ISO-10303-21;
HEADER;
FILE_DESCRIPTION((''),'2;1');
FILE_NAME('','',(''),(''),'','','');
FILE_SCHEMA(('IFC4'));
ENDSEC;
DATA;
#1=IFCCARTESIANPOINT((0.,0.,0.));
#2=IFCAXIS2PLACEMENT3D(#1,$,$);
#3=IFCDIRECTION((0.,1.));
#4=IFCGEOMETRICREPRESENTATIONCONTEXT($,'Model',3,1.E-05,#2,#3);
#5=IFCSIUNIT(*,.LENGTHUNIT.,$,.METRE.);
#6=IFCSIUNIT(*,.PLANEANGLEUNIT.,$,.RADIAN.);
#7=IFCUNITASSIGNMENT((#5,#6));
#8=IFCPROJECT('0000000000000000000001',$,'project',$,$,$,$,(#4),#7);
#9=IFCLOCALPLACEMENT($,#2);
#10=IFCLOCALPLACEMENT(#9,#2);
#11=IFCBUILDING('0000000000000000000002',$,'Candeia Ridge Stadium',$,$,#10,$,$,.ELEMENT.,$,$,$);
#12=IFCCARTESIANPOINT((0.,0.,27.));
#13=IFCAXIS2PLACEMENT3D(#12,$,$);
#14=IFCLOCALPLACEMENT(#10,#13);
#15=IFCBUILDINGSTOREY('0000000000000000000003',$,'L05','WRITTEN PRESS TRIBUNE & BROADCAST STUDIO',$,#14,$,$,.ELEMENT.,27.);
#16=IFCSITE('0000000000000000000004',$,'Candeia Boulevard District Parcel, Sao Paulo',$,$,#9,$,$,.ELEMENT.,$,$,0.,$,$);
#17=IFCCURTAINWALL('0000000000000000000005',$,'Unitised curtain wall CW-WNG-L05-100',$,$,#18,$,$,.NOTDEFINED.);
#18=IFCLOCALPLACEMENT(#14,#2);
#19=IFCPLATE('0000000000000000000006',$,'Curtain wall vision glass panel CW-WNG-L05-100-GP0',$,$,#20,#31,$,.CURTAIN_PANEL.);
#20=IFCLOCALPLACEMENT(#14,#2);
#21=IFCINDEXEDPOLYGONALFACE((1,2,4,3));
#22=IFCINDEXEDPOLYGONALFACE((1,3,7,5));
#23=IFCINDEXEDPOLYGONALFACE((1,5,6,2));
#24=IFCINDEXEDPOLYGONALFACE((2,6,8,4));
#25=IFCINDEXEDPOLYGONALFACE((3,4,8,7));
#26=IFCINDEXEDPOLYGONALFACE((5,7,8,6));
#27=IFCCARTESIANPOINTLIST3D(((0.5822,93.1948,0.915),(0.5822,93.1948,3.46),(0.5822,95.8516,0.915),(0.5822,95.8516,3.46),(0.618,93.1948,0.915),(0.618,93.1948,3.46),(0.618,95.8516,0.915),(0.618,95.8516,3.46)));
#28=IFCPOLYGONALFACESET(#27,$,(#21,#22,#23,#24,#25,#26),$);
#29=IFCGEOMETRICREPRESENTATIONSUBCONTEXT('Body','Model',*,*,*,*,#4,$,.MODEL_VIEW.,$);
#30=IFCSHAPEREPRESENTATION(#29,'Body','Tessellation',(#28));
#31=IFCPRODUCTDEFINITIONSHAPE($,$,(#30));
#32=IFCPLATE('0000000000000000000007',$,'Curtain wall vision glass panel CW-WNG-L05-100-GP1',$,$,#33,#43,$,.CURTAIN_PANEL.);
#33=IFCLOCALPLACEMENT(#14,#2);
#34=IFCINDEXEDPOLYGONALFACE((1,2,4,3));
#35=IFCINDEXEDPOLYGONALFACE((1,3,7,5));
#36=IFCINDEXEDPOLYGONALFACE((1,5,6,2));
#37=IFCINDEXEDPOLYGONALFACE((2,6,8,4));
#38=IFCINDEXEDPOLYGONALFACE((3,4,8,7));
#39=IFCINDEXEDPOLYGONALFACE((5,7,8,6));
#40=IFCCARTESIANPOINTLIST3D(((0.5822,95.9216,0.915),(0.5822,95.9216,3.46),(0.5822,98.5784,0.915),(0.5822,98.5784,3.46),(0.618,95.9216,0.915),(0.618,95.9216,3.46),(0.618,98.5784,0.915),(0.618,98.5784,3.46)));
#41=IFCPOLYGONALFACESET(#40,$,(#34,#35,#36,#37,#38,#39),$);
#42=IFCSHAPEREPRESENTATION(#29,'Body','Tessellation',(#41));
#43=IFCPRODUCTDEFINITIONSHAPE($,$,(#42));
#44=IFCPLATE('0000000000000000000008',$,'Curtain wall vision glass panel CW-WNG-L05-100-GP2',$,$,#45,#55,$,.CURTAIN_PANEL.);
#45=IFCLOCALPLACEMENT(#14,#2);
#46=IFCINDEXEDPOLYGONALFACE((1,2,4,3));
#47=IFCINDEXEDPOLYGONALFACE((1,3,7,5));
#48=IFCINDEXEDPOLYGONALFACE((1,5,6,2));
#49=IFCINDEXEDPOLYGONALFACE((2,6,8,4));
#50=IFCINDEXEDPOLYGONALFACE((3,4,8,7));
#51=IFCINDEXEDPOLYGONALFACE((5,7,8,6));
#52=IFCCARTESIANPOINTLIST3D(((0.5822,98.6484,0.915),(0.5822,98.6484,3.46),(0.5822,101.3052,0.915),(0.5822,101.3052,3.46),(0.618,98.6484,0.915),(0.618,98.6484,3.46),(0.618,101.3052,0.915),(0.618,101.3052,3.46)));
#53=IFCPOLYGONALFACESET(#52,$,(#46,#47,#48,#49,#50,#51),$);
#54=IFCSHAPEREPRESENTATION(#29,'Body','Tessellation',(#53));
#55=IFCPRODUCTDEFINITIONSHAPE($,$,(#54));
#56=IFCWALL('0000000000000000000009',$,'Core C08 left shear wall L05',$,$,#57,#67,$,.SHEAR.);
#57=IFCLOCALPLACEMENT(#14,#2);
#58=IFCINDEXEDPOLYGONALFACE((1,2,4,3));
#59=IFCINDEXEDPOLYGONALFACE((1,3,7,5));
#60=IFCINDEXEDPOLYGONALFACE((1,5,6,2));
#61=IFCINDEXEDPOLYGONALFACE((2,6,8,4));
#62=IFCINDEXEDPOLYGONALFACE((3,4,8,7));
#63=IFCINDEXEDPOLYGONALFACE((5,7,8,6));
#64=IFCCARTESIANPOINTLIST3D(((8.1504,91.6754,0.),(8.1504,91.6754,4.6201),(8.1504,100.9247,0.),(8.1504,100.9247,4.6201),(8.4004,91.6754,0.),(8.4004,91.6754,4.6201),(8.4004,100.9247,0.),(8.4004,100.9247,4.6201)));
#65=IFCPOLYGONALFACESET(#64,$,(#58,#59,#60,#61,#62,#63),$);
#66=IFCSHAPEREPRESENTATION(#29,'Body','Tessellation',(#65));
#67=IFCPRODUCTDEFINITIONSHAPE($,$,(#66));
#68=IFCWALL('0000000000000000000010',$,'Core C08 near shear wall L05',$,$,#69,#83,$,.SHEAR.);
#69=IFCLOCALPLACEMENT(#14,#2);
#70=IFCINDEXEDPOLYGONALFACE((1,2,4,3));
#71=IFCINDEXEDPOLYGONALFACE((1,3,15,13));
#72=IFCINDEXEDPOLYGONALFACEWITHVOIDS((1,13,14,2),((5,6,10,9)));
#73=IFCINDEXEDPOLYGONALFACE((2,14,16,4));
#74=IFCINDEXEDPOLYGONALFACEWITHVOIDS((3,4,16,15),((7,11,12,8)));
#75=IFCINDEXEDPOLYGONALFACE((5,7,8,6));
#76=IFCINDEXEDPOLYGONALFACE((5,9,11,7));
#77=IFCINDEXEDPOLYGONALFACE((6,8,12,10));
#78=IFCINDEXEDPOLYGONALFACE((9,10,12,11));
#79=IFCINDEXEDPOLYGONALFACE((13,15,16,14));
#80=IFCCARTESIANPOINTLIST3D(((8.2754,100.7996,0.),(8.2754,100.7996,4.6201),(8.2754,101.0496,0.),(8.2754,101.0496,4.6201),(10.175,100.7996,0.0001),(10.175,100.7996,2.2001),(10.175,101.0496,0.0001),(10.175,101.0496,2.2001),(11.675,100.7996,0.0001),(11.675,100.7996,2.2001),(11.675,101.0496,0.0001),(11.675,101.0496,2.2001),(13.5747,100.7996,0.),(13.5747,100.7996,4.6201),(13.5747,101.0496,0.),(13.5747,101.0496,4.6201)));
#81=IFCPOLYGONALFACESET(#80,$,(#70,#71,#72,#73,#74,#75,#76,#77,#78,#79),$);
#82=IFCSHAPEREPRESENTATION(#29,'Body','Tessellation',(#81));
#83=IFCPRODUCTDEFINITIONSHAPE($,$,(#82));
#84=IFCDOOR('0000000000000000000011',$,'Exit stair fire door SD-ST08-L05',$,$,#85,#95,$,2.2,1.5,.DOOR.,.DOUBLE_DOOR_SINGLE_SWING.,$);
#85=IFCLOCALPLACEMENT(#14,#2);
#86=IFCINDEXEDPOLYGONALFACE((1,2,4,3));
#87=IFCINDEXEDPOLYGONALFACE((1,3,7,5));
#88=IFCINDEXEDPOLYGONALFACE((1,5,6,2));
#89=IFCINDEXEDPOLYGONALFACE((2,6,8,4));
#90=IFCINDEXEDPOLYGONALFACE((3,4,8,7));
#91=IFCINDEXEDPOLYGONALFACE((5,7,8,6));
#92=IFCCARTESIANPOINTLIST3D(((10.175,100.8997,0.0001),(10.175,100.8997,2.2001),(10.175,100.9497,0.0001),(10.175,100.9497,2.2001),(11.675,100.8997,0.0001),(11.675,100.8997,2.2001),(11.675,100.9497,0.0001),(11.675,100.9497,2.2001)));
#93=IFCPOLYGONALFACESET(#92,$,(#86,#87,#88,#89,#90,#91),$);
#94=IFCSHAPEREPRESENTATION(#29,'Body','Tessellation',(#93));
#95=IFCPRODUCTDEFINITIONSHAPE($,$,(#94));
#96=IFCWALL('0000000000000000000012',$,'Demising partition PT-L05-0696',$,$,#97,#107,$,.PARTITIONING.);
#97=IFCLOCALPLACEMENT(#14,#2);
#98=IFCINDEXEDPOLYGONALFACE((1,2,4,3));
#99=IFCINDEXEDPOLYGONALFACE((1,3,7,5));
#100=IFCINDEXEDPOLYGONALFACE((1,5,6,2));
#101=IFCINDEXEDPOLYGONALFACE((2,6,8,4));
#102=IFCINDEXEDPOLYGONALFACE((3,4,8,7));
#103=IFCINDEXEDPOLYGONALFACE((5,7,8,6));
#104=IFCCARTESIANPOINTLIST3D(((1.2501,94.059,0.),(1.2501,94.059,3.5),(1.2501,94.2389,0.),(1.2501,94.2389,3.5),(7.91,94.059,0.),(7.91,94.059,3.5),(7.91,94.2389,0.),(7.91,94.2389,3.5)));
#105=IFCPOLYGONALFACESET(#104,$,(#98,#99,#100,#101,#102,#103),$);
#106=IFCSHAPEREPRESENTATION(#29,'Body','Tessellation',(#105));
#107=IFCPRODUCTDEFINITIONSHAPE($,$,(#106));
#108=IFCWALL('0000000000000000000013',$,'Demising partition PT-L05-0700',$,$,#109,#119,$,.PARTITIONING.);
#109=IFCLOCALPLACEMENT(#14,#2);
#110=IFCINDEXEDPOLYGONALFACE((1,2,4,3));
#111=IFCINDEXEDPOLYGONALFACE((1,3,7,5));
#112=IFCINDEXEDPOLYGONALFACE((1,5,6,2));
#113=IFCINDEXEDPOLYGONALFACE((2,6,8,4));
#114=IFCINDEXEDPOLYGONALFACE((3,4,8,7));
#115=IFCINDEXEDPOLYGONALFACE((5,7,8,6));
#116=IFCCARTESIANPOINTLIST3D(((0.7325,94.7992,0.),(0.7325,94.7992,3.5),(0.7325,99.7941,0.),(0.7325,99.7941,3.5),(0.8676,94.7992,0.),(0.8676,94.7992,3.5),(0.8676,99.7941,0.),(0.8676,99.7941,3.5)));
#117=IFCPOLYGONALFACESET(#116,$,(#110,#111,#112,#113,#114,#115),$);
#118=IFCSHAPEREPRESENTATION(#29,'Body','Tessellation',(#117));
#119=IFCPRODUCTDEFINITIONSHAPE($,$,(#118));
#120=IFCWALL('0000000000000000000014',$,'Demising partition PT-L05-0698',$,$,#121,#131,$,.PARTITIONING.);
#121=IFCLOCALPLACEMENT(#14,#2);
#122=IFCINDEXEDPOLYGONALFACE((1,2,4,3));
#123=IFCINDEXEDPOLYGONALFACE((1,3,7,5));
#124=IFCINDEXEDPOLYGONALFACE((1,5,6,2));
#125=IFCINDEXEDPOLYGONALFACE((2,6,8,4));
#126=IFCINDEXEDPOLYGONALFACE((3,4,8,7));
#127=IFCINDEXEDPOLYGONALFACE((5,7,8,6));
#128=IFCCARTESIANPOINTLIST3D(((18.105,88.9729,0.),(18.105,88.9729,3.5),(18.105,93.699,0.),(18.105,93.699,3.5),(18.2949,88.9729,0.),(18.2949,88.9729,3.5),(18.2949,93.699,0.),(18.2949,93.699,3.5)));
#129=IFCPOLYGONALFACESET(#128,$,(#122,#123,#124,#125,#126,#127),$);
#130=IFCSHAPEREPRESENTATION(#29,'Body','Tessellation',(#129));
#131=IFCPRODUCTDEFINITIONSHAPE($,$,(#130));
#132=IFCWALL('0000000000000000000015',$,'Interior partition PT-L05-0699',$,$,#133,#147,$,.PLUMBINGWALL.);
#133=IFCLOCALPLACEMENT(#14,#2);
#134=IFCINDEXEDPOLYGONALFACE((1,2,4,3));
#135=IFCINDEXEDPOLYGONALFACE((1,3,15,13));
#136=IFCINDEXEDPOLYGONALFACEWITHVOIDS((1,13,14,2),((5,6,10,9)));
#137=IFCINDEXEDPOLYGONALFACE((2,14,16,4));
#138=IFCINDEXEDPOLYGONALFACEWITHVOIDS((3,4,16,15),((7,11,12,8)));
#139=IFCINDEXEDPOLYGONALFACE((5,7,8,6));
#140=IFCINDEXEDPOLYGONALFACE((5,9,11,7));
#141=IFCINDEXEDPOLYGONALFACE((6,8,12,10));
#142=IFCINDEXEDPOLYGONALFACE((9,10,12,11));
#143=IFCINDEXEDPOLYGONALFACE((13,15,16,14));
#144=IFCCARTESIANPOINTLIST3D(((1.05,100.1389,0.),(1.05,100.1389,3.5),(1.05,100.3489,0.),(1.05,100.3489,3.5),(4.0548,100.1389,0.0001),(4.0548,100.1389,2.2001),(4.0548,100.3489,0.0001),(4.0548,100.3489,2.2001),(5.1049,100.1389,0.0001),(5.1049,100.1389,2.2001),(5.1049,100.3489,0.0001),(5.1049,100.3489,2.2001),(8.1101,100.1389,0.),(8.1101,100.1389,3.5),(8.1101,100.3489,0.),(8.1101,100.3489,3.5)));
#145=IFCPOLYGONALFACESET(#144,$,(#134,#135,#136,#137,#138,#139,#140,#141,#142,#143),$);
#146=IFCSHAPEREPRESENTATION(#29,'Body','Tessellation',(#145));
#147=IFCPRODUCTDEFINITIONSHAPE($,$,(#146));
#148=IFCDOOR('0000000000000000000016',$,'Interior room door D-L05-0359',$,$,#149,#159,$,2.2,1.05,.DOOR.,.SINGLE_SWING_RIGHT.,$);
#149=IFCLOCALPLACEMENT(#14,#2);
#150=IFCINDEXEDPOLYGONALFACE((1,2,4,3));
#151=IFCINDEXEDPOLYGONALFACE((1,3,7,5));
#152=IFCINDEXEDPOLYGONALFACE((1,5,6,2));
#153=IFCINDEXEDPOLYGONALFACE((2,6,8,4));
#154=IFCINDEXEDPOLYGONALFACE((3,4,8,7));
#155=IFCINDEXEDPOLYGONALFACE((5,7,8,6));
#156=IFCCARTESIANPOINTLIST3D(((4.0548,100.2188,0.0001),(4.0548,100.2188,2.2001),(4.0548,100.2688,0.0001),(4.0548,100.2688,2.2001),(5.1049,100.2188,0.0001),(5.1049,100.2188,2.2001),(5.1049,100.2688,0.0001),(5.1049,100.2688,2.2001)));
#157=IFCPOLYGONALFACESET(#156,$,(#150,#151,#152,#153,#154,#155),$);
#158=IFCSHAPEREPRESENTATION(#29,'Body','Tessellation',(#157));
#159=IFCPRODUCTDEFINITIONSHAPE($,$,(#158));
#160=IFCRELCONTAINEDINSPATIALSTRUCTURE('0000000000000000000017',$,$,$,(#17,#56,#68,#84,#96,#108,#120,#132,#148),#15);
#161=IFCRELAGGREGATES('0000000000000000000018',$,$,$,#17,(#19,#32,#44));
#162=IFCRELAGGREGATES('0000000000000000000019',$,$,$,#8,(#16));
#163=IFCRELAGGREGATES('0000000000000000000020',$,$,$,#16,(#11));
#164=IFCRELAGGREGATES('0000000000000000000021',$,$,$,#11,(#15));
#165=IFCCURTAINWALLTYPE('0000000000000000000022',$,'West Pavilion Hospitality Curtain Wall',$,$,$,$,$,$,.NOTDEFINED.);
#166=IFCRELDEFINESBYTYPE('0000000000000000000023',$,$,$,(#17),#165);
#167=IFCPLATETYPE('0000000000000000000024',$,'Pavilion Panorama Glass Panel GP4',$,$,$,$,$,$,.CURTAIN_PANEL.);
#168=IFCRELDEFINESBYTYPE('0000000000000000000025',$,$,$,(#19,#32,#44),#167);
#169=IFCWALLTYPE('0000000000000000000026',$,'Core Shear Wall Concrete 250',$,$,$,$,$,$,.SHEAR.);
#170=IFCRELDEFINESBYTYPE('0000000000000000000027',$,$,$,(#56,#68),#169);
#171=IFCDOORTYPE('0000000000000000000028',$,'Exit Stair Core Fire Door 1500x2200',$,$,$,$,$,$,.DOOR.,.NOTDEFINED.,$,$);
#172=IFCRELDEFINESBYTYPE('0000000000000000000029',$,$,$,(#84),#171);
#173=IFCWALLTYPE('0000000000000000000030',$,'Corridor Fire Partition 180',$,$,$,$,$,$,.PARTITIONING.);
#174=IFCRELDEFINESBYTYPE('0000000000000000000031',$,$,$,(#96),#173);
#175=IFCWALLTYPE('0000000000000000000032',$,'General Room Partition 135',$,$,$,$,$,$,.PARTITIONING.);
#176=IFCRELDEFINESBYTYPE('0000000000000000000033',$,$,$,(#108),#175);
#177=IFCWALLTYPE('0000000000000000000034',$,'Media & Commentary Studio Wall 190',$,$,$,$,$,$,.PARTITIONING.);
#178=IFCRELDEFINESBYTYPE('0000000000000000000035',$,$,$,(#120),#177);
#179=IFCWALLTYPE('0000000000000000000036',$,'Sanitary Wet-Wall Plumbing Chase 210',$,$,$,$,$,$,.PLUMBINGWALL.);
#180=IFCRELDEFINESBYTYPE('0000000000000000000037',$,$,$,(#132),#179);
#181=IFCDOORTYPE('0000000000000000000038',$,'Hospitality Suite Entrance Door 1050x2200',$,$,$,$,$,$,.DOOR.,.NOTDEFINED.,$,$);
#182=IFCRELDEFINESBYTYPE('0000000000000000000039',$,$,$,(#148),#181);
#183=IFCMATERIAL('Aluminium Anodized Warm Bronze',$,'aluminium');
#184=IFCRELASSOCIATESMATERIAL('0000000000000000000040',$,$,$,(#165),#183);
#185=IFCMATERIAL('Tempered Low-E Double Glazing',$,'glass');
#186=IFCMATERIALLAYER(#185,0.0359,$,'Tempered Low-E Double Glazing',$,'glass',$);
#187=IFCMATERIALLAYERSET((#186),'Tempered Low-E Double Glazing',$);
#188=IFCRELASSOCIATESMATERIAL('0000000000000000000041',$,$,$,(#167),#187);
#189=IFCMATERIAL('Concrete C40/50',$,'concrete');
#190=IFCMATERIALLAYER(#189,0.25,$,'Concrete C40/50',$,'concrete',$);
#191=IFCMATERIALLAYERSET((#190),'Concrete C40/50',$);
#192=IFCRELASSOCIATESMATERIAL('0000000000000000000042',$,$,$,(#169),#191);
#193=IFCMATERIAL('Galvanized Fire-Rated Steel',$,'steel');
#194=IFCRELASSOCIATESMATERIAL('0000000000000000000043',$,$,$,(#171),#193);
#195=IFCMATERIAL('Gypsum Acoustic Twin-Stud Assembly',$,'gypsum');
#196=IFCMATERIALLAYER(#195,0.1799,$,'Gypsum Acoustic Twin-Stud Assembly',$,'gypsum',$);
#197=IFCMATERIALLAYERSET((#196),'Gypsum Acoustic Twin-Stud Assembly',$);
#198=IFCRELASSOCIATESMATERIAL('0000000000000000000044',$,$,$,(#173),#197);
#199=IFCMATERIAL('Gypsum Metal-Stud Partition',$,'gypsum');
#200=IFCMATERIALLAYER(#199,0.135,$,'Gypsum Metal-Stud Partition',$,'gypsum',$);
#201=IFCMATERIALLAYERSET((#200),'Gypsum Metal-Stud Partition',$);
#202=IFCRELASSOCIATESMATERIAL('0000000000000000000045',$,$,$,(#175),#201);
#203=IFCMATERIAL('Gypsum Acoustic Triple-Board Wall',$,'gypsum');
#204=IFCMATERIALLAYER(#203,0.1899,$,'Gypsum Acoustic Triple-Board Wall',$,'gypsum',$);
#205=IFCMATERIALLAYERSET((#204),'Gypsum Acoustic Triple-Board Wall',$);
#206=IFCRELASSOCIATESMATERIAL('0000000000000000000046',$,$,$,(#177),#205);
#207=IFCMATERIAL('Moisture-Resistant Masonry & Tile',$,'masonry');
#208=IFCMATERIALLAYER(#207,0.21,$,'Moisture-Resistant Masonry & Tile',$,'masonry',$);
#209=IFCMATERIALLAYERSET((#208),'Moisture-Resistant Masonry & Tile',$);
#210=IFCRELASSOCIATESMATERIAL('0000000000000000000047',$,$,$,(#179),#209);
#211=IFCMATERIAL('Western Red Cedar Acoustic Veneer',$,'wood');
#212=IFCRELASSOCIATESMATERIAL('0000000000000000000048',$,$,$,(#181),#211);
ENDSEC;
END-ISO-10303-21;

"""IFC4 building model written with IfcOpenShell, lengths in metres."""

from ifc_helpers import new_model, si_unit, direction, frame, frame_2d, origin, origin_2d, place, context, subcontext, project, spatial, rectangle, extrude, material, layer, layer_set, type_object, element, fill, aggregate, save


model = new_model("IFC4")

# Units and contexts
model_context = context("Model", 3, precision=1e-05, world=origin(), true_north=direction((0.0, 1.0)))
body_context = subcontext(model_context, "Body", "Model", "MODEL_VIEW")
ifc_project = project(units=[si_unit("LENGTHUNIT", "METRE"), si_unit("PLANEANGLEUNIT", "RADIAN")], contexts=[model_context])

# Site, building, storey
site_placement = place(None, origin())
site = spatial("IfcSite", under=ifc_project, at=site_placement, Name="Candeia Boulevard District Parcel, Sao Paulo", CompositionType="ELEMENT", RefElevation=0.0)
building_placement = place(site_placement, origin())
building = spatial("IfcBuilding", under=site, at=building_placement, Name="Candeia Ridge Stadium", CompositionType="ELEMENT")
storey_placement = place(building_placement, frame((0.0, 0.0, 27.0)))
storey = spatial("IfcBuildingStorey", under=building, at=storey_placement, Name="L05", Description="WRITTEN PRESS TRIBUNE & BROADCAST STUDIO", CompositionType="ELEMENT", Elevation=27.0)

# Shared definitions
ifc_material_1 = material(Name="Concrete C40/50", Category="concrete")

# Curtain wall
ifc_material_2 = material(Name="Aluminium Anodized Warm Bronze", Category="aluminium")
curtain_wall_type = type_object("IfcCurtainWallType", Name="West Pavilion Hospitality Curtain Wall", PredefinedType="NOTDEFINED", material=ifc_material_2)
curtain_wall_placement = place(storey_placement, origin())
curtain_wall = element("IfcCurtainWall", 1, at=curtain_wall_placement, inside=storey, type_object=curtain_wall_type, Name="Unitised curtain wall CW-WNG-L05-100", PredefinedType="NOTDEFINED")

# Plates
ifc_material_3 = material(Name="Tempered Low-E Double Glazing", Category="glass")
ifc_layer_1 = layer(ifc_material_3, 0.0359, Name="Tempered Low-E Double Glazing", Category="glass")
ifc_layer_set_1 = layer_set([ifc_layer_1], Name="Tempered Low-E Double Glazing")
plate_type_1 = type_object("IfcPlateType", Name="Pavilion Panorama Glass Panel GP4", PredefinedType="CURTAIN_PANEL", material=ifc_layer_set_1)
plate_1_placement = place(storey_placement, frame((0.6001, 94.5232, 0.915), z_axis=(0.0, 0.0, 1.0), x_axis=(0.0, 1.0, 0.0)))
plate_1 = element("IfcPlate", 2, at=plate_1_placement, type_object=plate_type_1, Name="Curtain wall vision glass panel CW-WNG-L05-100-GP0", PredefinedType="CURTAIN_PANEL", context=body_context, shape_type="SweptSolid", body=[
    extrude(rectangle(XDim=2.6567, YDim=0.0359, at=origin_2d()), origin(), (0.0, 0.0, 1.0), 2.5449),
])
plate_2_placement = place(storey_placement, frame((0.6001, 97.25, 0.915), z_axis=(0.0, 0.0, 1.0), x_axis=(0.0, 1.0, 0.0)))
plate_2 = element("IfcPlate", 3, at=plate_2_placement, type_object=plate_type_1, Name="Curtain wall vision glass panel CW-WNG-L05-100-GP1", PredefinedType="CURTAIN_PANEL", context=body_context, shape_type="SweptSolid", body=[
    extrude(rectangle(XDim=2.6567, YDim=0.0359, at=origin_2d()), origin(), (0.0, 0.0, 1.0), 2.5449),
])
plate_3_placement = place(storey_placement, frame((0.6001, 99.9768, 0.915), z_axis=(0.0, 0.0, 1.0), x_axis=(0.0, 1.0, 0.0)))
plate_3 = element("IfcPlate", 4, at=plate_3_placement, type_object=plate_type_1, Name="Curtain wall vision glass panel CW-WNG-L05-100-GP2", PredefinedType="CURTAIN_PANEL", context=body_context, shape_type="SweptSolid", body=[
    extrude(rectangle(XDim=2.6567, YDim=0.0359, at=origin_2d()), origin(), (0.0, 0.0, 1.0), 2.5449),
])
aggregate(curtain_wall, [plate_1, plate_2, plate_3])

# Wall
ifc_layer_2 = layer(ifc_material_1, 0.25, Name="Concrete C40/50", Category="concrete")
ifc_layer_set_2 = layer_set([ifc_layer_2], Name="Concrete C40/50")
wall_type_1 = type_object("IfcWallType", Name="Core Shear Wall Concrete 250", PredefinedType="SHEAR", material=ifc_layer_set_2)
wall_1_placement = place(storey_placement, frame((8.2754, 100.9246, 0.0), z_axis=(0.0, 0.0, 1.0), x_axis=(0.0, -1.0, 0.0)))
element("IfcWall", 5, at=wall_1_placement, inside=storey, type_object=wall_type_1, Name="Core C08 left shear wall L05", PredefinedType="SHEAR", context=body_context, shape_type="SweptSolid", body=[
    extrude(rectangle(XDim=9.2493, YDim=0.25, at=frame_2d((4.6245, 0.0))), origin(), (0.0, 0.0, 1.0), 4.6201),
])

# Wall, opening, door
wall_2_placement = place(storey_placement, frame((13.5747, 100.9246, 0.0), z_axis=(0.0, 0.0, 1.0), x_axis=(-1.0, 0.0, 0.0)))
wall_2 = element("IfcWall", 6, at=wall_2_placement, inside=storey, type_object=wall_type_1, Name="Core C08 near shear wall L05", PredefinedType="SHEAR", context=body_context, shape_type="SweptSolid", body=[
    extrude(rectangle(XDim=5.2993, YDim=0.25, at=frame_2d((2.6497, 0.0))), origin(), (0.0, 0.0, 1.0), 4.6201),
])
opening_1_placement = place(wall_2_placement, frame((1.8997, 0.0, 0.0)))
opening_1 = element("IfcOpeningElement", 7, at=opening_1_placement, cuts=wall_2, PredefinedType="OPENING", context=body_context, shape_type="SweptSolid", body=[
    extrude(rectangle(XDim=1.5, YDim=2.2, at=frame_2d((0.75, 1.1001))), frame((0.0, 0.135, 0.0), z_axis=(0.0, -1.0, 0.0), x_axis=(1.0, 0.0, 0.0)), (0.0, 0.0, 1.0), 0.27),
])
ifc_material_4 = material(Name="Galvanized Fire-Rated Steel", Category="steel")
door_type_1 = type_object("IfcDoorType", Name="Exit Stair Core Fire Door 1500x2200", OperationType="NOTDEFINED", PredefinedType="DOOR", material=ifc_material_4)
door_1_placement = place(opening_1_placement, origin())
door_1 = element("IfcDoor", 8, at=door_1_placement, inside=storey, type_object=door_type_1, Name="Exit stair fire door SD-ST08-L05", OperationType="DOUBLE_DOOR_SINGLE_SWING", OverallHeight=2.2, OverallWidth=1.5, PredefinedType="DOOR", context=body_context, shape_type="SweptSolid", body=[
    extrude(rectangle(XDim=1.5, YDim=2.2, at=frame_2d((0.75, 1.1001))), frame((0.0, 0.0249, 0.0), z_axis=(0.0, -1.0, 0.0), x_axis=(1.0, 0.0, 0.0)), (0.0, 0.0, 1.0), 0.05),
])
fill(opening_1, door_1)

# Walls
ifc_material_5 = material(Name="Gypsum Acoustic Twin-Stud Assembly", Category="gypsum")
ifc_layer_3 = layer(ifc_material_5, 0.1799, Name="Gypsum Acoustic Twin-Stud Assembly", Category="gypsum")
ifc_layer_set_3 = layer_set([ifc_layer_3], Name="Gypsum Acoustic Twin-Stud Assembly")
wall_type_2 = type_object("IfcWallType", Name="Corridor Fire Partition 180", PredefinedType="PARTITIONING", material=ifc_layer_set_3)
wall_3_placement = place(storey_placement, frame((1.25, 94.1489, 0.0), z_axis=(0.0, 0.0, 1.0), x_axis=(1.0, 0.0, 0.0)))
element("IfcWall", 9, at=wall_3_placement, inside=storey, type_object=wall_type_2, Name="Demising partition PT-L05-0696", PredefinedType="PARTITIONING", context=body_context, shape_type="SweptSolid", body=[
    extrude(rectangle(XDim=6.6599, YDim=0.1799, at=frame_2d((3.3301, 0.0))), origin(), (0.0, 0.0, 1.0), 3.5),
])
ifc_material_6 = material(Name="Gypsum Metal-Stud Partition", Category="gypsum")
ifc_layer_4 = layer(ifc_material_6, 0.135, Name="Gypsum Metal-Stud Partition", Category="gypsum")
ifc_layer_set_4 = layer_set([ifc_layer_4], Name="Gypsum Metal-Stud Partition")
wall_type_3 = type_object("IfcWallType", Name="General Room Partition 135", PredefinedType="PARTITIONING", material=ifc_layer_set_4)
wall_4_placement = place(storey_placement, frame((0.8, 94.7991, 0.0), z_axis=(0.0, 0.0, 1.0), x_axis=(0.0, 1.0, 0.0)))
element("IfcWall", 10, at=wall_4_placement, inside=storey, type_object=wall_type_3, Name="Demising partition PT-L05-0700", PredefinedType="PARTITIONING", context=body_context, shape_type="SweptSolid", body=[
    extrude(rectangle(XDim=4.9949, YDim=0.135, at=frame_2d((2.4976, 0.0))), origin(), (0.0, 0.0, 1.0), 3.5),
])
ifc_material_7 = material(Name="Gypsum Acoustic Triple-Board Wall", Category="gypsum")
ifc_layer_5 = layer(ifc_material_7, 0.1899, Name="Gypsum Acoustic Triple-Board Wall", Category="gypsum")
ifc_layer_set_5 = layer_set([ifc_layer_5], Name="Gypsum Acoustic Triple-Board Wall")
wall_type_4 = type_object("IfcWallType", Name="Media & Commentary Studio Wall 190", PredefinedType="PARTITIONING", material=ifc_layer_set_5)
wall_5_placement = place(storey_placement, frame((18.2, 93.699, 0.0), z_axis=(0.0, 0.0, 1.0), x_axis=(0.0, -1.0, 0.0)))
element("IfcWall", 11, at=wall_5_placement, inside=storey, type_object=wall_type_4, Name="Demising partition PT-L05-0698", PredefinedType="PARTITIONING", context=body_context, shape_type="SweptSolid", body=[
    extrude(rectangle(XDim=4.7261, YDim=0.1899, at=frame_2d((2.363, 0.0))), origin(), (0.0, 0.0, 1.0), 3.5),
])

# Wall, opening, door
ifc_material_8 = material(Name="Moisture-Resistant Masonry & Tile", Category="masonry")
ifc_layer_6 = layer(ifc_material_8, 0.21, Name="Moisture-Resistant Masonry & Tile", Category="masonry")
ifc_layer_set_6 = layer_set([ifc_layer_6], Name="Moisture-Resistant Masonry & Tile")
wall_type_5 = type_object("IfcWallType", Name="Sanitary Wet-Wall Plumbing Chase 210", PredefinedType="PLUMBINGWALL", material=ifc_layer_set_6)
wall_6_placement = place(storey_placement, frame((1.05, 100.2439, 0.0), z_axis=(0.0, 0.0, 1.0), x_axis=(1.0, 0.0, 0.0)))
wall_6 = element("IfcWall", 12, at=wall_6_placement, inside=storey, type_object=wall_type_5, Name="Interior partition PT-L05-0699", PredefinedType="PLUMBINGWALL", context=body_context, shape_type="SweptSolid", body=[
    extrude(rectangle(XDim=7.0601, YDim=0.21, at=frame_2d((3.53, 0.0))), origin(), (0.0, 0.0, 1.0), 3.5),
])
opening_2_placement = place(wall_6_placement, frame((3.0049, 0.0, 0.0)))
opening_2 = element("IfcOpeningElement", 13, at=opening_2_placement, cuts=wall_6, PredefinedType="OPENING", context=body_context, shape_type="SweptSolid", body=[
    extrude(rectangle(XDim=1.05, YDim=2.2, at=frame_2d((0.5249, 1.1001))), frame((0.0, 0.115, 0.0), z_axis=(0.0, -1.0, 0.0), x_axis=(1.0, 0.0, 0.0)), (0.0, 0.0, 1.0), 0.23),
])
ifc_material_9 = material(Name="Western Red Cedar Acoustic Veneer", Category="wood")
door_type_2 = type_object("IfcDoorType", Name="Hospitality Suite Entrance Door 1050x2200", OperationType="NOTDEFINED", PredefinedType="DOOR", material=ifc_material_9)
door_2_placement = place(opening_2_placement, origin())
door_2 = element("IfcDoor", 14, at=door_2_placement, inside=storey, type_object=door_type_2, Name="Interior room door D-L05-0359", OperationType="SINGLE_SWING_RIGHT", OverallHeight=2.2, OverallWidth=1.05, PredefinedType="DOOR", context=body_context, shape_type="SweptSolid", body=[
    extrude(rectangle(XDim=1.05, YDim=2.2, at=frame_2d((0.5249, 1.1001))), frame((0.0, 0.0249, 0.0), z_axis=(0.0, -1.0, 0.0), x_axis=(1.0, 0.0, 0.0)), (0.0, 0.0, 1.0), 0.05),
])
fill(opening_2, door_2)

save(model, "model.ifc")
